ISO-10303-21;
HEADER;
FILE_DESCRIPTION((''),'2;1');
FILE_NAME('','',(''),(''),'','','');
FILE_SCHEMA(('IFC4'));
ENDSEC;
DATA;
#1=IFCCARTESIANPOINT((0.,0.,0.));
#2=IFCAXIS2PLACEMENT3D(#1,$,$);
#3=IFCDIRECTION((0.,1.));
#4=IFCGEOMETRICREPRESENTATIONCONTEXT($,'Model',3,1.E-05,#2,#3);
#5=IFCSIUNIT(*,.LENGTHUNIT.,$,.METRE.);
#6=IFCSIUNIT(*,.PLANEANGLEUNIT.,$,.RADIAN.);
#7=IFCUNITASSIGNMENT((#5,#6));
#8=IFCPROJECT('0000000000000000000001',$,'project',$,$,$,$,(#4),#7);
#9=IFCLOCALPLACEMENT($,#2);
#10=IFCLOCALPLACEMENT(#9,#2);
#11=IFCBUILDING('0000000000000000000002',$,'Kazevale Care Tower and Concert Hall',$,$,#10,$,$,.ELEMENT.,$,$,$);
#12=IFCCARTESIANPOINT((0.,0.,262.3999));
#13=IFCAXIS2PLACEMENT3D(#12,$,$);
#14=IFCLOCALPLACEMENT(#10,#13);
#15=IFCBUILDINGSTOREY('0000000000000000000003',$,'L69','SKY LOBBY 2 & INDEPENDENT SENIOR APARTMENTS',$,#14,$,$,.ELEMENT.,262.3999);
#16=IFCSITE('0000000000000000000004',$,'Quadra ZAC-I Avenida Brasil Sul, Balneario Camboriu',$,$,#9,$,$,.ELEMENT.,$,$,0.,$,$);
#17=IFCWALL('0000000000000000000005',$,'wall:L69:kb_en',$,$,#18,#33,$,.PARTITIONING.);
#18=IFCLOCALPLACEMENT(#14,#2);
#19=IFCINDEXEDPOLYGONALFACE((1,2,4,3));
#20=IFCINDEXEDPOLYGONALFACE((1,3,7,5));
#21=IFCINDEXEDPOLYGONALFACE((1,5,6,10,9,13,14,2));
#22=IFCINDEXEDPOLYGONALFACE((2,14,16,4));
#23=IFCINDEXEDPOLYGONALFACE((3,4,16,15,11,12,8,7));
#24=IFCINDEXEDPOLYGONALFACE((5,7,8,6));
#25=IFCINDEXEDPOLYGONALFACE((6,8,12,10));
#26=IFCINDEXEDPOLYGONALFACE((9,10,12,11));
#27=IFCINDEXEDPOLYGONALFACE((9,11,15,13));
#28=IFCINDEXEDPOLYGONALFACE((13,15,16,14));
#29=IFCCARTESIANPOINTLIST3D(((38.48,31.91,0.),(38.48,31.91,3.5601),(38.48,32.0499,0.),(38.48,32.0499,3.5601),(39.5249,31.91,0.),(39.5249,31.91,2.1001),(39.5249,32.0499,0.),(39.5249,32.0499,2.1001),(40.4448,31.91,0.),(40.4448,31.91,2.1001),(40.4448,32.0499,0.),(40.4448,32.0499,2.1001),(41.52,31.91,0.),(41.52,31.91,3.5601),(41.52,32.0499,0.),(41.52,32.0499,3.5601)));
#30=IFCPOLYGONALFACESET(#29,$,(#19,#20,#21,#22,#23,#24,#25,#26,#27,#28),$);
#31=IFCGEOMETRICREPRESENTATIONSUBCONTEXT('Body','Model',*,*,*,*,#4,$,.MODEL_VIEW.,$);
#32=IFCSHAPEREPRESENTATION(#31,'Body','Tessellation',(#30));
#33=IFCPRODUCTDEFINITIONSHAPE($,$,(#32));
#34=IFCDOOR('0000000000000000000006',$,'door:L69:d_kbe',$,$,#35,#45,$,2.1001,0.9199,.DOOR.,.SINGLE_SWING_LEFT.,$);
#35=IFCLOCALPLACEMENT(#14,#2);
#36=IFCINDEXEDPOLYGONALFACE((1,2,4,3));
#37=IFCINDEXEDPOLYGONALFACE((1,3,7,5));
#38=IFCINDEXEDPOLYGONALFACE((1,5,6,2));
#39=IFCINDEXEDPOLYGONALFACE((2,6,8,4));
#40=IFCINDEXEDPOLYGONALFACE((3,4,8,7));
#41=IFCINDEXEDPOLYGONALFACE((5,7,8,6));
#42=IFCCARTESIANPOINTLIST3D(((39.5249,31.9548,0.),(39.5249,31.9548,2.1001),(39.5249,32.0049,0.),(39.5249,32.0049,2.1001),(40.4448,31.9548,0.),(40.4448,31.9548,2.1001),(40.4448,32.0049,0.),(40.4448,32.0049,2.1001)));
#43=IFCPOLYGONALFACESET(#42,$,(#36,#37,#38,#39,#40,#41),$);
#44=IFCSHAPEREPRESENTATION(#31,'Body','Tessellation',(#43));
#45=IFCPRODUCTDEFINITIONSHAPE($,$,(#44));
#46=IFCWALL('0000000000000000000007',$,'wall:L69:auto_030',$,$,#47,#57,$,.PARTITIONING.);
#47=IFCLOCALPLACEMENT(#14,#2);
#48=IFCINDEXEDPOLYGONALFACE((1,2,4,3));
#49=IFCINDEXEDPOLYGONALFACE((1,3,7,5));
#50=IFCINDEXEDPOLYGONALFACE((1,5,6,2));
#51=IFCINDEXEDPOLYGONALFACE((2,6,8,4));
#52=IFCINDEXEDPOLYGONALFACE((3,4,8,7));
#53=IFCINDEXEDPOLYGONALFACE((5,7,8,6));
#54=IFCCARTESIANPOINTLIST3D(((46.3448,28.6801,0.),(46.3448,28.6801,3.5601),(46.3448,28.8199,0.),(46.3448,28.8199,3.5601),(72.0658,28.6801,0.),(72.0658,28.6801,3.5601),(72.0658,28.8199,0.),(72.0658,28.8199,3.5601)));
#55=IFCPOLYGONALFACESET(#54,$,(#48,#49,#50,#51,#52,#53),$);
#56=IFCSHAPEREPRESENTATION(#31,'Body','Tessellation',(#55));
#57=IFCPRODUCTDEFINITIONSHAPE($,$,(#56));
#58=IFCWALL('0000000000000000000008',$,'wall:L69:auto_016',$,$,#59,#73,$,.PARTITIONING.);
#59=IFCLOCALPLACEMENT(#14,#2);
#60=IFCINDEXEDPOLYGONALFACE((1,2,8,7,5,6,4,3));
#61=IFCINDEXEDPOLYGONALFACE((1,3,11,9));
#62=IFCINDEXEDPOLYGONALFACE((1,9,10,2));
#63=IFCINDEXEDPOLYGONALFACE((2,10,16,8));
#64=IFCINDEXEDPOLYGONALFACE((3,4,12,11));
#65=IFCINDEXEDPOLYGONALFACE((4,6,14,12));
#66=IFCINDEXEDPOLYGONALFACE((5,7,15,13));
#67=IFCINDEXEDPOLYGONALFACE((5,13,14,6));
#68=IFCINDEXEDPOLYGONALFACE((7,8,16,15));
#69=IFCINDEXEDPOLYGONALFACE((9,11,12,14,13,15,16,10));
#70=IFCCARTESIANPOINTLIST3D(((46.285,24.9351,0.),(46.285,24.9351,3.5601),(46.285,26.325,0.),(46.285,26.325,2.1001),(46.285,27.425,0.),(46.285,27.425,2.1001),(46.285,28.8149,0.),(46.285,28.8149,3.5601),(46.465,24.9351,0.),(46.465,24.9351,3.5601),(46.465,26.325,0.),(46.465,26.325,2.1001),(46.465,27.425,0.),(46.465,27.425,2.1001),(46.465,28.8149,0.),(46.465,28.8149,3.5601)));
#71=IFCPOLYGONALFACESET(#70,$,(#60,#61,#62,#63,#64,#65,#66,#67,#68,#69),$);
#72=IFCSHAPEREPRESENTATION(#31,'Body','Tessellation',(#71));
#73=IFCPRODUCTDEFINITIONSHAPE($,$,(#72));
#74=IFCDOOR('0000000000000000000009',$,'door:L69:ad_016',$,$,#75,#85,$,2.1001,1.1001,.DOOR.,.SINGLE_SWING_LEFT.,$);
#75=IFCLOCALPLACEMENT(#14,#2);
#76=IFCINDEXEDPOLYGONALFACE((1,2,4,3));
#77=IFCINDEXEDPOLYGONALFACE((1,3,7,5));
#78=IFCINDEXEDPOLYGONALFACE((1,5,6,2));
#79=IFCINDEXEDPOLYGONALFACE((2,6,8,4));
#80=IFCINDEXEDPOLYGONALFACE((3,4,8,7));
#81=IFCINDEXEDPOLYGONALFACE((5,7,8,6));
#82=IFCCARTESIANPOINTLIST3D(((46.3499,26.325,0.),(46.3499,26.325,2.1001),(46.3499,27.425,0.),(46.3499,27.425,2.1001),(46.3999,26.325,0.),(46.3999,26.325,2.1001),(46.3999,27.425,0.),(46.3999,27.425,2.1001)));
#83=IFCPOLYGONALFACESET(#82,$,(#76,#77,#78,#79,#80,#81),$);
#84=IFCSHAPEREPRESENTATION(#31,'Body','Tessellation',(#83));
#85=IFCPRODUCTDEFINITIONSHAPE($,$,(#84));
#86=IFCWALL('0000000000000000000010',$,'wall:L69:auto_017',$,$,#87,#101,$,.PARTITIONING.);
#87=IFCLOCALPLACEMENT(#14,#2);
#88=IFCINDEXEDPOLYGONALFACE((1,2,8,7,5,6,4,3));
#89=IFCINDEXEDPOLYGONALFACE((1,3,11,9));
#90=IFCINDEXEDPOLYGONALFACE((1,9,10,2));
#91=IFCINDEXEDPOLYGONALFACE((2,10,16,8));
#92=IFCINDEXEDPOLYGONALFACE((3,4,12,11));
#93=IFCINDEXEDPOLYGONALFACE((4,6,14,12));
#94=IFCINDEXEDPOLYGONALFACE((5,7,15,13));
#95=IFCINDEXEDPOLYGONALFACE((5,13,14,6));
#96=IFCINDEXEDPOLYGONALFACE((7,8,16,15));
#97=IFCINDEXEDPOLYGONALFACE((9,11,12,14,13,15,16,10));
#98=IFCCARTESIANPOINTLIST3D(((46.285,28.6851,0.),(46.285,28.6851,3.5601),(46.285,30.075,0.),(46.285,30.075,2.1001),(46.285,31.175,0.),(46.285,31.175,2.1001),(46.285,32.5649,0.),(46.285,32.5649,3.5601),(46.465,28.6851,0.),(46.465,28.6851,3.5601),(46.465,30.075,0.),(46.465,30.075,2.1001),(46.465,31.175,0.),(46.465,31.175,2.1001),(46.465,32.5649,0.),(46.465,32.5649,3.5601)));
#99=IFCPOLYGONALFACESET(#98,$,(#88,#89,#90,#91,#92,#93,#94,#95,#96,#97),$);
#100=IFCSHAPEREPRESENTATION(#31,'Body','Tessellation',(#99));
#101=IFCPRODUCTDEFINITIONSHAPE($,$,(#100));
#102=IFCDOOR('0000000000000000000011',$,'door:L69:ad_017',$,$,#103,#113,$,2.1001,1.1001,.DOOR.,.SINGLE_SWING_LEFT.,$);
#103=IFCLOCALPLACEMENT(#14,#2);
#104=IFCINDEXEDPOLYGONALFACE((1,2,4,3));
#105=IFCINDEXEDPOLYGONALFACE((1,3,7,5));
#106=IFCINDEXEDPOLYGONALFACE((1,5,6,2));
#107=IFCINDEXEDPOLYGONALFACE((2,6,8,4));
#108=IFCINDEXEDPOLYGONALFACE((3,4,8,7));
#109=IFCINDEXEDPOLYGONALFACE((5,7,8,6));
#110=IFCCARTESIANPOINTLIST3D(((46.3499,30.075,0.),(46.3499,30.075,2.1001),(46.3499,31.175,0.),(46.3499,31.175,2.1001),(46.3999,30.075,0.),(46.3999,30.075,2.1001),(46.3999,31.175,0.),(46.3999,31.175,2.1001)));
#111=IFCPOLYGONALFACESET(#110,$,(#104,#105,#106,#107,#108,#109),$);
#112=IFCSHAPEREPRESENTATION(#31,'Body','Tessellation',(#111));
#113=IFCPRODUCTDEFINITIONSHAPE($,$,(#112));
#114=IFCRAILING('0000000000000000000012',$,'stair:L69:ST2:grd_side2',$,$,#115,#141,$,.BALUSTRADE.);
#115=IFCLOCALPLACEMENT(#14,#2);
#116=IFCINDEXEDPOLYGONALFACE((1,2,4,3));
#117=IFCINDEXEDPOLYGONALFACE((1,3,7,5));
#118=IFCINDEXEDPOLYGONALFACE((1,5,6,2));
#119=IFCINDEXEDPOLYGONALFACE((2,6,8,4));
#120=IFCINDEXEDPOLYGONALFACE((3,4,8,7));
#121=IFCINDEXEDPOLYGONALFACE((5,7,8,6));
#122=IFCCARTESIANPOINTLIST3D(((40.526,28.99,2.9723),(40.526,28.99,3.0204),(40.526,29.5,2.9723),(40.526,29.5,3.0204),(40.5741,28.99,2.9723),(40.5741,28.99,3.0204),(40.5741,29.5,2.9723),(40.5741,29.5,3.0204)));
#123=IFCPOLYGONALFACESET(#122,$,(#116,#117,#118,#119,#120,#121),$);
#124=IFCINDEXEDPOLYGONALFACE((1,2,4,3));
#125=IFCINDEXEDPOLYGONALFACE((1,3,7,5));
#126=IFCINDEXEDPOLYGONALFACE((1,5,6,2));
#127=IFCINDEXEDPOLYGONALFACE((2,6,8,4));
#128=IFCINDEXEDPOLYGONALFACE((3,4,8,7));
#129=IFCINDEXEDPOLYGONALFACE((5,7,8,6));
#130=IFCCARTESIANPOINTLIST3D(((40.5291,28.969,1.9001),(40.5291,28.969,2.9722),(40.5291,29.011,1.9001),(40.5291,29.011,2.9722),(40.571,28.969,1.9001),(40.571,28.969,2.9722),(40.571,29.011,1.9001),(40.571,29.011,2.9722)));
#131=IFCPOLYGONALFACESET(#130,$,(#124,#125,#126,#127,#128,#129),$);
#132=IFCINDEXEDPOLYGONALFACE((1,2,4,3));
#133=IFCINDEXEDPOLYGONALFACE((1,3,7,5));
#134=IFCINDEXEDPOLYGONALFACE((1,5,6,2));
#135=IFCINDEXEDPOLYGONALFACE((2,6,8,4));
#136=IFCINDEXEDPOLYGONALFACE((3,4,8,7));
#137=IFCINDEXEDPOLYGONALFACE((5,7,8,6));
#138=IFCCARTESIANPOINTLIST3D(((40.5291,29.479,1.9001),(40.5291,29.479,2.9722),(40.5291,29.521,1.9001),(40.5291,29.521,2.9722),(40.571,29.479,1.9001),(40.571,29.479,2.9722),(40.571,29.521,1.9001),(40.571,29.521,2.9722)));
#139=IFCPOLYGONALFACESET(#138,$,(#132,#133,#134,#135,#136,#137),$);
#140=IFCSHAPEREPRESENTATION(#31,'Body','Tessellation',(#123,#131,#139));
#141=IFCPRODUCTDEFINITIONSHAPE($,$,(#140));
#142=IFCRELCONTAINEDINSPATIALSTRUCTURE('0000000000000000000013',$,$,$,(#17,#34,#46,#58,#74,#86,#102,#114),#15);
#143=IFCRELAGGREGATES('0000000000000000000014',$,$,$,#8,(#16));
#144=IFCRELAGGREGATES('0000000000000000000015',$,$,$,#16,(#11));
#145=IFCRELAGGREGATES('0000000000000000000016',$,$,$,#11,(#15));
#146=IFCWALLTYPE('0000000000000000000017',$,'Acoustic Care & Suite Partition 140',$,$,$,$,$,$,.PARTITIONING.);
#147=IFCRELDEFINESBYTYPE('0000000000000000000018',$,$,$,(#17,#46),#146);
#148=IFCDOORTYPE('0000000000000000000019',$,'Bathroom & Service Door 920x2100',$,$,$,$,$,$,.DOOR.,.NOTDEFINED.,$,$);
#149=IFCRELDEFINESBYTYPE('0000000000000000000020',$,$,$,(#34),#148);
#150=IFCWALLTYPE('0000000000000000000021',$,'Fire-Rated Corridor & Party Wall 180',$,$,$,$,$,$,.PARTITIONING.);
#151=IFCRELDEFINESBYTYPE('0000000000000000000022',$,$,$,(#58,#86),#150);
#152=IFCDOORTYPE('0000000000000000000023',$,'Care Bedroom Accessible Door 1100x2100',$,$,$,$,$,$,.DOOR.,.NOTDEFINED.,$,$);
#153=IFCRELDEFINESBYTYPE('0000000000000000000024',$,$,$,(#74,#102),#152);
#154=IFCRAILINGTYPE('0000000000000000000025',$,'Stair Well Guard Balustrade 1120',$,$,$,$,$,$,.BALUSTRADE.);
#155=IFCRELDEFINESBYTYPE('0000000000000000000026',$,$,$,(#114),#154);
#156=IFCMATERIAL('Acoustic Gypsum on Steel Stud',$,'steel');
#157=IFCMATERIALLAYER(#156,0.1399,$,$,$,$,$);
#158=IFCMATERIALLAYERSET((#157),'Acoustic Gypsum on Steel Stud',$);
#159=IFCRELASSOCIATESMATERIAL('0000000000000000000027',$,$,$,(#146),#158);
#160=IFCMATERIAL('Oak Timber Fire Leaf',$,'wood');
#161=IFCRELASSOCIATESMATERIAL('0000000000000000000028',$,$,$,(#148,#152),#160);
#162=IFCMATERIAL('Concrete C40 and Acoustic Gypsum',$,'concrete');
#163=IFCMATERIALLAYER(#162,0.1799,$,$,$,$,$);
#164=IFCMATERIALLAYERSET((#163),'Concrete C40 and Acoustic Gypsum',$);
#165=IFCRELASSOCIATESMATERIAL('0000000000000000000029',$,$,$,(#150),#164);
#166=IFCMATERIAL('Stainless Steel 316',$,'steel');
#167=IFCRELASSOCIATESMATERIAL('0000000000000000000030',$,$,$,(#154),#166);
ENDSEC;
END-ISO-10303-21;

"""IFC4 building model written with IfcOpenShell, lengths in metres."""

from ifc_helpers import new_model, si_unit, direction, frame, frame_2d, origin, origin_2d, place, context, subcontext, project, spatial, rectangle, extrude, material, layer, layer_set, type_object, element, fill, save


model = new_model("IFC4")

# Units and contexts
model_context = context("Model", 3, precision=1e-05, world=origin(), true_north=direction((0.0, 1.0)))
body_context = subcontext(model_context, "Body", "Model", "MODEL_VIEW")
ifc_project = project(units=[si_unit("LENGTHUNIT", "METRE"), si_unit("PLANEANGLEUNIT", "RADIAN")], contexts=[model_context])

# Site, building, storey
site_placement = place(None, origin())
site = spatial("IfcSite", under=ifc_project, at=site_placement, Name="Quadra ZAC-I Avenida Brasil Sul, Balneario Camboriu", CompositionType="ELEMENT", RefElevation=0.0)
building_placement = place(site_placement, origin())
building = spatial("IfcBuilding", under=site, at=building_placement, Name="Kazevale Care Tower and Concert Hall", CompositionType="ELEMENT")
storey_placement = place(building_placement, frame((0.0, 0.0, 262.3999)))
storey = spatial("IfcBuildingStorey", under=building, at=storey_placement, Name="L69", Description="SKY LOBBY 2 & INDEPENDENT SENIOR APARTMENTS", CompositionType="ELEMENT", Elevation=262.3999)

# Shared definitions
ifc_material_1 = material(Name="Acoustic Gypsum on Steel Stud", Category="steel")
ifc_layer_1 = layer(ifc_material_1, 0.1399)
ifc_layer_set_1 = layer_set([ifc_layer_1], Name="Acoustic Gypsum on Steel Stud")
wall_type_1 = type_object("IfcWallType", Name="Acoustic Care & Suite Partition 140", PredefinedType="PARTITIONING", material=ifc_layer_set_1)
ifc_material_2 = material(Name="Oak Timber Fire Leaf", Category="wood")
door_type_1 = type_object("IfcDoorType", Name="Bathroom & Service Door 920x2100", OperationType="NOTDEFINED", PredefinedType="DOOR", material=ifc_material_2)

# Wall, opening, door
wall_1_placement = place(storey_placement, frame((38.48, 31.98, 0.0), z_axis=(0.0, 0.0, 1.0), x_axis=(1.0, 0.0, 0.0)))
wall_1 = element("IfcWall", 1, at=wall_1_placement, inside=storey, type_object=wall_type_1, Name="wall:L69:kb_en", PredefinedType="PARTITIONING", context=body_context, shape_type="SweptSolid", body=[
    extrude(rectangle(XDim=3.04, YDim=0.1399, at=frame_2d((1.52, 0.0))), origin(), (0.0, 0.0, 1.0), 3.5601),
])
opening_1_placement = place(wall_1_placement, frame((1.0449, 0.0, 0.0)))
opening_1 = element("IfcOpeningElement", 2, at=opening_1_placement, cuts=wall_1, PredefinedType="OPENING", context=body_context, shape_type="SweptSolid", body=[
    extrude(rectangle(XDim=0.9199, YDim=2.1001, at=frame_2d((0.46, 1.05))), frame((0.0, 0.0798, 0.0), z_axis=(0.0, -1.0, 0.0), x_axis=(1.0, 0.0, 0.0)), (0.0, 0.0, 1.0), 0.1599),
])
door_1_placement = place(opening_1_placement, origin())
door_1 = element("IfcDoor", 3, at=door_1_placement, inside=storey, type_object=door_type_1, Name="door:L69:d_kbe", OperationType="SINGLE_SWING_LEFT", OverallHeight=2.1001, OverallWidth=0.9199, PredefinedType="DOOR", context=body_context, shape_type="SweptSolid", body=[
    extrude(rectangle(XDim=0.9199, YDim=2.1001, at=frame_2d((0.46, 1.05))), frame((0.0, 0.0249, 0.0), z_axis=(0.0, -1.0, 0.0), x_axis=(1.0, 0.0, 0.0)), (0.0, 0.0, 1.0), 0.05),
])
fill(opening_1, door_1)

# Wall
wall_2_placement = place(storey_placement, frame((46.345, 28.75, 0.0), z_axis=(0.0, 0.0, 1.0), x_axis=(1.0, 0.0, 0.0)))
element("IfcWall", 4, at=wall_2_placement, inside=storey, type_object=wall_type_1, Name="wall:L69:auto_030", PredefinedType="PARTITIONING", context=body_context, shape_type="SweptSolid", body=[
    extrude(rectangle(XDim=25.7209, YDim=0.1399, at=frame_2d((12.8604, 0.0))), origin(), (0.0, 0.0, 1.0), 3.5601),
])

# Walls, openings, doors
ifc_material_3 = material(Name="Concrete C40 and Acoustic Gypsum", Category="concrete")
ifc_layer_2 = layer(ifc_material_3, 0.1799)
ifc_layer_set_2 = layer_set([ifc_layer_2], Name="Concrete C40 and Acoustic Gypsum")
wall_type_2 = type_object("IfcWallType", Name="Fire-Rated Corridor & Party Wall 180", PredefinedType="PARTITIONING", material=ifc_layer_set_2)
wall_3_placement = place(storey_placement, frame((46.375, 28.8149, 0.0), z_axis=(0.0, 0.0, 1.0), x_axis=(0.0, -1.0, 0.0)))
wall_3 = element("IfcWall", 5, at=wall_3_placement, inside=storey, type_object=wall_type_2, Name="wall:L69:auto_016", PredefinedType="PARTITIONING", context=body_context, shape_type="SweptSolid", body=[
    extrude(rectangle(XDim=3.8799, YDim=0.1799, at=frame_2d((1.9399, 0.0))), origin(), (0.0, 0.0, 1.0), 3.5601),
])
opening_2_placement = place(wall_3_placement, frame((1.3899, 0.0, 0.0)))
opening_2 = element("IfcOpeningElement", 6, at=opening_2_placement, cuts=wall_3, PredefinedType="OPENING", context=body_context, shape_type="SweptSolid", body=[
    extrude(rectangle(XDim=1.1001, YDim=2.1001, at=frame_2d((0.55, 1.05))), frame((0.0, 0.0999, 0.0), z_axis=(0.0, -1.0, 0.0), x_axis=(1.0, 0.0, 0.0)), (0.0, 0.0, 1.0), 0.2),
])
door_type_2 = type_object("IfcDoorType", Name="Care Bedroom Accessible Door 1100x2100", OperationType="NOTDEFINED", PredefinedType="DOOR", material=ifc_material_2)
door_2_placement = place(opening_2_placement, origin())
door_2 = element("IfcDoor", 7, at=door_2_placement, inside=storey, type_object=door_type_2, Name="door:L69:ad_016", OperationType="SINGLE_SWING_LEFT", OverallHeight=2.1001, OverallWidth=1.1001, PredefinedType="DOOR", context=body_context, shape_type="SweptSolid", body=[
    extrude(rectangle(XDim=1.1001, YDim=2.1001, at=frame_2d((0.55, 1.05))), frame((0.0, 0.0249, 0.0), z_axis=(0.0, -1.0, 0.0), x_axis=(1.0, 0.0, 0.0)), (0.0, 0.0, 1.0), 0.05),
])
fill(opening_2, door_2)
wall_4_placement = place(storey_placement, frame((46.375, 32.5649, 0.0), z_axis=(0.0, 0.0, 1.0), x_axis=(0.0, -1.0, 0.0)))
wall_4 = element("IfcWall", 8, at=wall_4_placement, inside=storey, type_object=wall_type_2, Name="wall:L69:auto_017", PredefinedType="PARTITIONING", context=body_context, shape_type="SweptSolid", body=[
    extrude(rectangle(XDim=3.8799, YDim=0.1799, at=frame_2d((1.9399, 0.0))), origin(), (0.0, 0.0, 1.0), 3.5601),
])
opening_3_placement = place(wall_4_placement, frame((1.3899, 0.0, 0.0)))
opening_3 = element("IfcOpeningElement", 9, at=opening_3_placement, cuts=wall_4, PredefinedType="OPENING", context=body_context, shape_type="SweptSolid", body=[
    extrude(rectangle(XDim=1.1001, YDim=2.1001, at=frame_2d((0.55, 1.05))), frame((0.0, 0.0999, 0.0), z_axis=(0.0, -1.0, 0.0), x_axis=(1.0, 0.0, 0.0)), (0.0, 0.0, 1.0), 0.2),
])
door_3_placement = place(opening_3_placement, origin())
door_3 = element("IfcDoor", 10, at=door_3_placement, inside=storey, type_object=door_type_2, Name="door:L69:ad_017", OperationType="SINGLE_SWING_LEFT", OverallHeight=2.1001, OverallWidth=1.1001, PredefinedType="DOOR", context=body_context, shape_type="SweptSolid", body=[
    extrude(rectangle(XDim=1.1001, YDim=2.1001, at=frame_2d((0.55, 1.05))), frame((0.0, 0.0249, 0.0), z_axis=(0.0, -1.0, 0.0), x_axis=(1.0, 0.0, 0.0)), (0.0, 0.0, 1.0), 0.05),
])
fill(opening_3, door_3)

# Railing
ifc_material_4 = material(Name="Stainless Steel 316", Category="steel")
railing_type = type_object("IfcRailingType", Name="Stair Well Guard Balustrade 1120", PredefinedType="BALUSTRADE", material=ifc_material_4)
railing_placement = place(storey_placement, frame((40.55, 28.99, 1.9001)))
element("IfcRailing", 11, at=railing_placement, inside=storey, type_object=railing_type, Name="stair:L69:ST2:grd_side2", PredefinedType="BALUSTRADE", context=body_context, shape_type="SweptSolid", body=[
    extrude(rectangle(XDim=0.0481, YDim=0.0481, at=origin_2d()), frame((0.0, 0.0, 1.0962), z_axis=(0.0, 1.0, 0.0), x_axis=(-1.0, 0.0, 0.0)), (0.0, 0.0, 1.0), 0.51),
    extrude(rectangle(XDim=0.042, YDim=0.042, at=origin_2d()), origin(), (0.0, 0.0, 1.0), 1.072),
    extrude(rectangle(XDim=0.042, YDim=0.042, at=origin_2d()), frame((0.0, 0.51, 0.0)), (0.0, 0.0, 1.0), 1.072),
])

save(model, "model.ifc")
